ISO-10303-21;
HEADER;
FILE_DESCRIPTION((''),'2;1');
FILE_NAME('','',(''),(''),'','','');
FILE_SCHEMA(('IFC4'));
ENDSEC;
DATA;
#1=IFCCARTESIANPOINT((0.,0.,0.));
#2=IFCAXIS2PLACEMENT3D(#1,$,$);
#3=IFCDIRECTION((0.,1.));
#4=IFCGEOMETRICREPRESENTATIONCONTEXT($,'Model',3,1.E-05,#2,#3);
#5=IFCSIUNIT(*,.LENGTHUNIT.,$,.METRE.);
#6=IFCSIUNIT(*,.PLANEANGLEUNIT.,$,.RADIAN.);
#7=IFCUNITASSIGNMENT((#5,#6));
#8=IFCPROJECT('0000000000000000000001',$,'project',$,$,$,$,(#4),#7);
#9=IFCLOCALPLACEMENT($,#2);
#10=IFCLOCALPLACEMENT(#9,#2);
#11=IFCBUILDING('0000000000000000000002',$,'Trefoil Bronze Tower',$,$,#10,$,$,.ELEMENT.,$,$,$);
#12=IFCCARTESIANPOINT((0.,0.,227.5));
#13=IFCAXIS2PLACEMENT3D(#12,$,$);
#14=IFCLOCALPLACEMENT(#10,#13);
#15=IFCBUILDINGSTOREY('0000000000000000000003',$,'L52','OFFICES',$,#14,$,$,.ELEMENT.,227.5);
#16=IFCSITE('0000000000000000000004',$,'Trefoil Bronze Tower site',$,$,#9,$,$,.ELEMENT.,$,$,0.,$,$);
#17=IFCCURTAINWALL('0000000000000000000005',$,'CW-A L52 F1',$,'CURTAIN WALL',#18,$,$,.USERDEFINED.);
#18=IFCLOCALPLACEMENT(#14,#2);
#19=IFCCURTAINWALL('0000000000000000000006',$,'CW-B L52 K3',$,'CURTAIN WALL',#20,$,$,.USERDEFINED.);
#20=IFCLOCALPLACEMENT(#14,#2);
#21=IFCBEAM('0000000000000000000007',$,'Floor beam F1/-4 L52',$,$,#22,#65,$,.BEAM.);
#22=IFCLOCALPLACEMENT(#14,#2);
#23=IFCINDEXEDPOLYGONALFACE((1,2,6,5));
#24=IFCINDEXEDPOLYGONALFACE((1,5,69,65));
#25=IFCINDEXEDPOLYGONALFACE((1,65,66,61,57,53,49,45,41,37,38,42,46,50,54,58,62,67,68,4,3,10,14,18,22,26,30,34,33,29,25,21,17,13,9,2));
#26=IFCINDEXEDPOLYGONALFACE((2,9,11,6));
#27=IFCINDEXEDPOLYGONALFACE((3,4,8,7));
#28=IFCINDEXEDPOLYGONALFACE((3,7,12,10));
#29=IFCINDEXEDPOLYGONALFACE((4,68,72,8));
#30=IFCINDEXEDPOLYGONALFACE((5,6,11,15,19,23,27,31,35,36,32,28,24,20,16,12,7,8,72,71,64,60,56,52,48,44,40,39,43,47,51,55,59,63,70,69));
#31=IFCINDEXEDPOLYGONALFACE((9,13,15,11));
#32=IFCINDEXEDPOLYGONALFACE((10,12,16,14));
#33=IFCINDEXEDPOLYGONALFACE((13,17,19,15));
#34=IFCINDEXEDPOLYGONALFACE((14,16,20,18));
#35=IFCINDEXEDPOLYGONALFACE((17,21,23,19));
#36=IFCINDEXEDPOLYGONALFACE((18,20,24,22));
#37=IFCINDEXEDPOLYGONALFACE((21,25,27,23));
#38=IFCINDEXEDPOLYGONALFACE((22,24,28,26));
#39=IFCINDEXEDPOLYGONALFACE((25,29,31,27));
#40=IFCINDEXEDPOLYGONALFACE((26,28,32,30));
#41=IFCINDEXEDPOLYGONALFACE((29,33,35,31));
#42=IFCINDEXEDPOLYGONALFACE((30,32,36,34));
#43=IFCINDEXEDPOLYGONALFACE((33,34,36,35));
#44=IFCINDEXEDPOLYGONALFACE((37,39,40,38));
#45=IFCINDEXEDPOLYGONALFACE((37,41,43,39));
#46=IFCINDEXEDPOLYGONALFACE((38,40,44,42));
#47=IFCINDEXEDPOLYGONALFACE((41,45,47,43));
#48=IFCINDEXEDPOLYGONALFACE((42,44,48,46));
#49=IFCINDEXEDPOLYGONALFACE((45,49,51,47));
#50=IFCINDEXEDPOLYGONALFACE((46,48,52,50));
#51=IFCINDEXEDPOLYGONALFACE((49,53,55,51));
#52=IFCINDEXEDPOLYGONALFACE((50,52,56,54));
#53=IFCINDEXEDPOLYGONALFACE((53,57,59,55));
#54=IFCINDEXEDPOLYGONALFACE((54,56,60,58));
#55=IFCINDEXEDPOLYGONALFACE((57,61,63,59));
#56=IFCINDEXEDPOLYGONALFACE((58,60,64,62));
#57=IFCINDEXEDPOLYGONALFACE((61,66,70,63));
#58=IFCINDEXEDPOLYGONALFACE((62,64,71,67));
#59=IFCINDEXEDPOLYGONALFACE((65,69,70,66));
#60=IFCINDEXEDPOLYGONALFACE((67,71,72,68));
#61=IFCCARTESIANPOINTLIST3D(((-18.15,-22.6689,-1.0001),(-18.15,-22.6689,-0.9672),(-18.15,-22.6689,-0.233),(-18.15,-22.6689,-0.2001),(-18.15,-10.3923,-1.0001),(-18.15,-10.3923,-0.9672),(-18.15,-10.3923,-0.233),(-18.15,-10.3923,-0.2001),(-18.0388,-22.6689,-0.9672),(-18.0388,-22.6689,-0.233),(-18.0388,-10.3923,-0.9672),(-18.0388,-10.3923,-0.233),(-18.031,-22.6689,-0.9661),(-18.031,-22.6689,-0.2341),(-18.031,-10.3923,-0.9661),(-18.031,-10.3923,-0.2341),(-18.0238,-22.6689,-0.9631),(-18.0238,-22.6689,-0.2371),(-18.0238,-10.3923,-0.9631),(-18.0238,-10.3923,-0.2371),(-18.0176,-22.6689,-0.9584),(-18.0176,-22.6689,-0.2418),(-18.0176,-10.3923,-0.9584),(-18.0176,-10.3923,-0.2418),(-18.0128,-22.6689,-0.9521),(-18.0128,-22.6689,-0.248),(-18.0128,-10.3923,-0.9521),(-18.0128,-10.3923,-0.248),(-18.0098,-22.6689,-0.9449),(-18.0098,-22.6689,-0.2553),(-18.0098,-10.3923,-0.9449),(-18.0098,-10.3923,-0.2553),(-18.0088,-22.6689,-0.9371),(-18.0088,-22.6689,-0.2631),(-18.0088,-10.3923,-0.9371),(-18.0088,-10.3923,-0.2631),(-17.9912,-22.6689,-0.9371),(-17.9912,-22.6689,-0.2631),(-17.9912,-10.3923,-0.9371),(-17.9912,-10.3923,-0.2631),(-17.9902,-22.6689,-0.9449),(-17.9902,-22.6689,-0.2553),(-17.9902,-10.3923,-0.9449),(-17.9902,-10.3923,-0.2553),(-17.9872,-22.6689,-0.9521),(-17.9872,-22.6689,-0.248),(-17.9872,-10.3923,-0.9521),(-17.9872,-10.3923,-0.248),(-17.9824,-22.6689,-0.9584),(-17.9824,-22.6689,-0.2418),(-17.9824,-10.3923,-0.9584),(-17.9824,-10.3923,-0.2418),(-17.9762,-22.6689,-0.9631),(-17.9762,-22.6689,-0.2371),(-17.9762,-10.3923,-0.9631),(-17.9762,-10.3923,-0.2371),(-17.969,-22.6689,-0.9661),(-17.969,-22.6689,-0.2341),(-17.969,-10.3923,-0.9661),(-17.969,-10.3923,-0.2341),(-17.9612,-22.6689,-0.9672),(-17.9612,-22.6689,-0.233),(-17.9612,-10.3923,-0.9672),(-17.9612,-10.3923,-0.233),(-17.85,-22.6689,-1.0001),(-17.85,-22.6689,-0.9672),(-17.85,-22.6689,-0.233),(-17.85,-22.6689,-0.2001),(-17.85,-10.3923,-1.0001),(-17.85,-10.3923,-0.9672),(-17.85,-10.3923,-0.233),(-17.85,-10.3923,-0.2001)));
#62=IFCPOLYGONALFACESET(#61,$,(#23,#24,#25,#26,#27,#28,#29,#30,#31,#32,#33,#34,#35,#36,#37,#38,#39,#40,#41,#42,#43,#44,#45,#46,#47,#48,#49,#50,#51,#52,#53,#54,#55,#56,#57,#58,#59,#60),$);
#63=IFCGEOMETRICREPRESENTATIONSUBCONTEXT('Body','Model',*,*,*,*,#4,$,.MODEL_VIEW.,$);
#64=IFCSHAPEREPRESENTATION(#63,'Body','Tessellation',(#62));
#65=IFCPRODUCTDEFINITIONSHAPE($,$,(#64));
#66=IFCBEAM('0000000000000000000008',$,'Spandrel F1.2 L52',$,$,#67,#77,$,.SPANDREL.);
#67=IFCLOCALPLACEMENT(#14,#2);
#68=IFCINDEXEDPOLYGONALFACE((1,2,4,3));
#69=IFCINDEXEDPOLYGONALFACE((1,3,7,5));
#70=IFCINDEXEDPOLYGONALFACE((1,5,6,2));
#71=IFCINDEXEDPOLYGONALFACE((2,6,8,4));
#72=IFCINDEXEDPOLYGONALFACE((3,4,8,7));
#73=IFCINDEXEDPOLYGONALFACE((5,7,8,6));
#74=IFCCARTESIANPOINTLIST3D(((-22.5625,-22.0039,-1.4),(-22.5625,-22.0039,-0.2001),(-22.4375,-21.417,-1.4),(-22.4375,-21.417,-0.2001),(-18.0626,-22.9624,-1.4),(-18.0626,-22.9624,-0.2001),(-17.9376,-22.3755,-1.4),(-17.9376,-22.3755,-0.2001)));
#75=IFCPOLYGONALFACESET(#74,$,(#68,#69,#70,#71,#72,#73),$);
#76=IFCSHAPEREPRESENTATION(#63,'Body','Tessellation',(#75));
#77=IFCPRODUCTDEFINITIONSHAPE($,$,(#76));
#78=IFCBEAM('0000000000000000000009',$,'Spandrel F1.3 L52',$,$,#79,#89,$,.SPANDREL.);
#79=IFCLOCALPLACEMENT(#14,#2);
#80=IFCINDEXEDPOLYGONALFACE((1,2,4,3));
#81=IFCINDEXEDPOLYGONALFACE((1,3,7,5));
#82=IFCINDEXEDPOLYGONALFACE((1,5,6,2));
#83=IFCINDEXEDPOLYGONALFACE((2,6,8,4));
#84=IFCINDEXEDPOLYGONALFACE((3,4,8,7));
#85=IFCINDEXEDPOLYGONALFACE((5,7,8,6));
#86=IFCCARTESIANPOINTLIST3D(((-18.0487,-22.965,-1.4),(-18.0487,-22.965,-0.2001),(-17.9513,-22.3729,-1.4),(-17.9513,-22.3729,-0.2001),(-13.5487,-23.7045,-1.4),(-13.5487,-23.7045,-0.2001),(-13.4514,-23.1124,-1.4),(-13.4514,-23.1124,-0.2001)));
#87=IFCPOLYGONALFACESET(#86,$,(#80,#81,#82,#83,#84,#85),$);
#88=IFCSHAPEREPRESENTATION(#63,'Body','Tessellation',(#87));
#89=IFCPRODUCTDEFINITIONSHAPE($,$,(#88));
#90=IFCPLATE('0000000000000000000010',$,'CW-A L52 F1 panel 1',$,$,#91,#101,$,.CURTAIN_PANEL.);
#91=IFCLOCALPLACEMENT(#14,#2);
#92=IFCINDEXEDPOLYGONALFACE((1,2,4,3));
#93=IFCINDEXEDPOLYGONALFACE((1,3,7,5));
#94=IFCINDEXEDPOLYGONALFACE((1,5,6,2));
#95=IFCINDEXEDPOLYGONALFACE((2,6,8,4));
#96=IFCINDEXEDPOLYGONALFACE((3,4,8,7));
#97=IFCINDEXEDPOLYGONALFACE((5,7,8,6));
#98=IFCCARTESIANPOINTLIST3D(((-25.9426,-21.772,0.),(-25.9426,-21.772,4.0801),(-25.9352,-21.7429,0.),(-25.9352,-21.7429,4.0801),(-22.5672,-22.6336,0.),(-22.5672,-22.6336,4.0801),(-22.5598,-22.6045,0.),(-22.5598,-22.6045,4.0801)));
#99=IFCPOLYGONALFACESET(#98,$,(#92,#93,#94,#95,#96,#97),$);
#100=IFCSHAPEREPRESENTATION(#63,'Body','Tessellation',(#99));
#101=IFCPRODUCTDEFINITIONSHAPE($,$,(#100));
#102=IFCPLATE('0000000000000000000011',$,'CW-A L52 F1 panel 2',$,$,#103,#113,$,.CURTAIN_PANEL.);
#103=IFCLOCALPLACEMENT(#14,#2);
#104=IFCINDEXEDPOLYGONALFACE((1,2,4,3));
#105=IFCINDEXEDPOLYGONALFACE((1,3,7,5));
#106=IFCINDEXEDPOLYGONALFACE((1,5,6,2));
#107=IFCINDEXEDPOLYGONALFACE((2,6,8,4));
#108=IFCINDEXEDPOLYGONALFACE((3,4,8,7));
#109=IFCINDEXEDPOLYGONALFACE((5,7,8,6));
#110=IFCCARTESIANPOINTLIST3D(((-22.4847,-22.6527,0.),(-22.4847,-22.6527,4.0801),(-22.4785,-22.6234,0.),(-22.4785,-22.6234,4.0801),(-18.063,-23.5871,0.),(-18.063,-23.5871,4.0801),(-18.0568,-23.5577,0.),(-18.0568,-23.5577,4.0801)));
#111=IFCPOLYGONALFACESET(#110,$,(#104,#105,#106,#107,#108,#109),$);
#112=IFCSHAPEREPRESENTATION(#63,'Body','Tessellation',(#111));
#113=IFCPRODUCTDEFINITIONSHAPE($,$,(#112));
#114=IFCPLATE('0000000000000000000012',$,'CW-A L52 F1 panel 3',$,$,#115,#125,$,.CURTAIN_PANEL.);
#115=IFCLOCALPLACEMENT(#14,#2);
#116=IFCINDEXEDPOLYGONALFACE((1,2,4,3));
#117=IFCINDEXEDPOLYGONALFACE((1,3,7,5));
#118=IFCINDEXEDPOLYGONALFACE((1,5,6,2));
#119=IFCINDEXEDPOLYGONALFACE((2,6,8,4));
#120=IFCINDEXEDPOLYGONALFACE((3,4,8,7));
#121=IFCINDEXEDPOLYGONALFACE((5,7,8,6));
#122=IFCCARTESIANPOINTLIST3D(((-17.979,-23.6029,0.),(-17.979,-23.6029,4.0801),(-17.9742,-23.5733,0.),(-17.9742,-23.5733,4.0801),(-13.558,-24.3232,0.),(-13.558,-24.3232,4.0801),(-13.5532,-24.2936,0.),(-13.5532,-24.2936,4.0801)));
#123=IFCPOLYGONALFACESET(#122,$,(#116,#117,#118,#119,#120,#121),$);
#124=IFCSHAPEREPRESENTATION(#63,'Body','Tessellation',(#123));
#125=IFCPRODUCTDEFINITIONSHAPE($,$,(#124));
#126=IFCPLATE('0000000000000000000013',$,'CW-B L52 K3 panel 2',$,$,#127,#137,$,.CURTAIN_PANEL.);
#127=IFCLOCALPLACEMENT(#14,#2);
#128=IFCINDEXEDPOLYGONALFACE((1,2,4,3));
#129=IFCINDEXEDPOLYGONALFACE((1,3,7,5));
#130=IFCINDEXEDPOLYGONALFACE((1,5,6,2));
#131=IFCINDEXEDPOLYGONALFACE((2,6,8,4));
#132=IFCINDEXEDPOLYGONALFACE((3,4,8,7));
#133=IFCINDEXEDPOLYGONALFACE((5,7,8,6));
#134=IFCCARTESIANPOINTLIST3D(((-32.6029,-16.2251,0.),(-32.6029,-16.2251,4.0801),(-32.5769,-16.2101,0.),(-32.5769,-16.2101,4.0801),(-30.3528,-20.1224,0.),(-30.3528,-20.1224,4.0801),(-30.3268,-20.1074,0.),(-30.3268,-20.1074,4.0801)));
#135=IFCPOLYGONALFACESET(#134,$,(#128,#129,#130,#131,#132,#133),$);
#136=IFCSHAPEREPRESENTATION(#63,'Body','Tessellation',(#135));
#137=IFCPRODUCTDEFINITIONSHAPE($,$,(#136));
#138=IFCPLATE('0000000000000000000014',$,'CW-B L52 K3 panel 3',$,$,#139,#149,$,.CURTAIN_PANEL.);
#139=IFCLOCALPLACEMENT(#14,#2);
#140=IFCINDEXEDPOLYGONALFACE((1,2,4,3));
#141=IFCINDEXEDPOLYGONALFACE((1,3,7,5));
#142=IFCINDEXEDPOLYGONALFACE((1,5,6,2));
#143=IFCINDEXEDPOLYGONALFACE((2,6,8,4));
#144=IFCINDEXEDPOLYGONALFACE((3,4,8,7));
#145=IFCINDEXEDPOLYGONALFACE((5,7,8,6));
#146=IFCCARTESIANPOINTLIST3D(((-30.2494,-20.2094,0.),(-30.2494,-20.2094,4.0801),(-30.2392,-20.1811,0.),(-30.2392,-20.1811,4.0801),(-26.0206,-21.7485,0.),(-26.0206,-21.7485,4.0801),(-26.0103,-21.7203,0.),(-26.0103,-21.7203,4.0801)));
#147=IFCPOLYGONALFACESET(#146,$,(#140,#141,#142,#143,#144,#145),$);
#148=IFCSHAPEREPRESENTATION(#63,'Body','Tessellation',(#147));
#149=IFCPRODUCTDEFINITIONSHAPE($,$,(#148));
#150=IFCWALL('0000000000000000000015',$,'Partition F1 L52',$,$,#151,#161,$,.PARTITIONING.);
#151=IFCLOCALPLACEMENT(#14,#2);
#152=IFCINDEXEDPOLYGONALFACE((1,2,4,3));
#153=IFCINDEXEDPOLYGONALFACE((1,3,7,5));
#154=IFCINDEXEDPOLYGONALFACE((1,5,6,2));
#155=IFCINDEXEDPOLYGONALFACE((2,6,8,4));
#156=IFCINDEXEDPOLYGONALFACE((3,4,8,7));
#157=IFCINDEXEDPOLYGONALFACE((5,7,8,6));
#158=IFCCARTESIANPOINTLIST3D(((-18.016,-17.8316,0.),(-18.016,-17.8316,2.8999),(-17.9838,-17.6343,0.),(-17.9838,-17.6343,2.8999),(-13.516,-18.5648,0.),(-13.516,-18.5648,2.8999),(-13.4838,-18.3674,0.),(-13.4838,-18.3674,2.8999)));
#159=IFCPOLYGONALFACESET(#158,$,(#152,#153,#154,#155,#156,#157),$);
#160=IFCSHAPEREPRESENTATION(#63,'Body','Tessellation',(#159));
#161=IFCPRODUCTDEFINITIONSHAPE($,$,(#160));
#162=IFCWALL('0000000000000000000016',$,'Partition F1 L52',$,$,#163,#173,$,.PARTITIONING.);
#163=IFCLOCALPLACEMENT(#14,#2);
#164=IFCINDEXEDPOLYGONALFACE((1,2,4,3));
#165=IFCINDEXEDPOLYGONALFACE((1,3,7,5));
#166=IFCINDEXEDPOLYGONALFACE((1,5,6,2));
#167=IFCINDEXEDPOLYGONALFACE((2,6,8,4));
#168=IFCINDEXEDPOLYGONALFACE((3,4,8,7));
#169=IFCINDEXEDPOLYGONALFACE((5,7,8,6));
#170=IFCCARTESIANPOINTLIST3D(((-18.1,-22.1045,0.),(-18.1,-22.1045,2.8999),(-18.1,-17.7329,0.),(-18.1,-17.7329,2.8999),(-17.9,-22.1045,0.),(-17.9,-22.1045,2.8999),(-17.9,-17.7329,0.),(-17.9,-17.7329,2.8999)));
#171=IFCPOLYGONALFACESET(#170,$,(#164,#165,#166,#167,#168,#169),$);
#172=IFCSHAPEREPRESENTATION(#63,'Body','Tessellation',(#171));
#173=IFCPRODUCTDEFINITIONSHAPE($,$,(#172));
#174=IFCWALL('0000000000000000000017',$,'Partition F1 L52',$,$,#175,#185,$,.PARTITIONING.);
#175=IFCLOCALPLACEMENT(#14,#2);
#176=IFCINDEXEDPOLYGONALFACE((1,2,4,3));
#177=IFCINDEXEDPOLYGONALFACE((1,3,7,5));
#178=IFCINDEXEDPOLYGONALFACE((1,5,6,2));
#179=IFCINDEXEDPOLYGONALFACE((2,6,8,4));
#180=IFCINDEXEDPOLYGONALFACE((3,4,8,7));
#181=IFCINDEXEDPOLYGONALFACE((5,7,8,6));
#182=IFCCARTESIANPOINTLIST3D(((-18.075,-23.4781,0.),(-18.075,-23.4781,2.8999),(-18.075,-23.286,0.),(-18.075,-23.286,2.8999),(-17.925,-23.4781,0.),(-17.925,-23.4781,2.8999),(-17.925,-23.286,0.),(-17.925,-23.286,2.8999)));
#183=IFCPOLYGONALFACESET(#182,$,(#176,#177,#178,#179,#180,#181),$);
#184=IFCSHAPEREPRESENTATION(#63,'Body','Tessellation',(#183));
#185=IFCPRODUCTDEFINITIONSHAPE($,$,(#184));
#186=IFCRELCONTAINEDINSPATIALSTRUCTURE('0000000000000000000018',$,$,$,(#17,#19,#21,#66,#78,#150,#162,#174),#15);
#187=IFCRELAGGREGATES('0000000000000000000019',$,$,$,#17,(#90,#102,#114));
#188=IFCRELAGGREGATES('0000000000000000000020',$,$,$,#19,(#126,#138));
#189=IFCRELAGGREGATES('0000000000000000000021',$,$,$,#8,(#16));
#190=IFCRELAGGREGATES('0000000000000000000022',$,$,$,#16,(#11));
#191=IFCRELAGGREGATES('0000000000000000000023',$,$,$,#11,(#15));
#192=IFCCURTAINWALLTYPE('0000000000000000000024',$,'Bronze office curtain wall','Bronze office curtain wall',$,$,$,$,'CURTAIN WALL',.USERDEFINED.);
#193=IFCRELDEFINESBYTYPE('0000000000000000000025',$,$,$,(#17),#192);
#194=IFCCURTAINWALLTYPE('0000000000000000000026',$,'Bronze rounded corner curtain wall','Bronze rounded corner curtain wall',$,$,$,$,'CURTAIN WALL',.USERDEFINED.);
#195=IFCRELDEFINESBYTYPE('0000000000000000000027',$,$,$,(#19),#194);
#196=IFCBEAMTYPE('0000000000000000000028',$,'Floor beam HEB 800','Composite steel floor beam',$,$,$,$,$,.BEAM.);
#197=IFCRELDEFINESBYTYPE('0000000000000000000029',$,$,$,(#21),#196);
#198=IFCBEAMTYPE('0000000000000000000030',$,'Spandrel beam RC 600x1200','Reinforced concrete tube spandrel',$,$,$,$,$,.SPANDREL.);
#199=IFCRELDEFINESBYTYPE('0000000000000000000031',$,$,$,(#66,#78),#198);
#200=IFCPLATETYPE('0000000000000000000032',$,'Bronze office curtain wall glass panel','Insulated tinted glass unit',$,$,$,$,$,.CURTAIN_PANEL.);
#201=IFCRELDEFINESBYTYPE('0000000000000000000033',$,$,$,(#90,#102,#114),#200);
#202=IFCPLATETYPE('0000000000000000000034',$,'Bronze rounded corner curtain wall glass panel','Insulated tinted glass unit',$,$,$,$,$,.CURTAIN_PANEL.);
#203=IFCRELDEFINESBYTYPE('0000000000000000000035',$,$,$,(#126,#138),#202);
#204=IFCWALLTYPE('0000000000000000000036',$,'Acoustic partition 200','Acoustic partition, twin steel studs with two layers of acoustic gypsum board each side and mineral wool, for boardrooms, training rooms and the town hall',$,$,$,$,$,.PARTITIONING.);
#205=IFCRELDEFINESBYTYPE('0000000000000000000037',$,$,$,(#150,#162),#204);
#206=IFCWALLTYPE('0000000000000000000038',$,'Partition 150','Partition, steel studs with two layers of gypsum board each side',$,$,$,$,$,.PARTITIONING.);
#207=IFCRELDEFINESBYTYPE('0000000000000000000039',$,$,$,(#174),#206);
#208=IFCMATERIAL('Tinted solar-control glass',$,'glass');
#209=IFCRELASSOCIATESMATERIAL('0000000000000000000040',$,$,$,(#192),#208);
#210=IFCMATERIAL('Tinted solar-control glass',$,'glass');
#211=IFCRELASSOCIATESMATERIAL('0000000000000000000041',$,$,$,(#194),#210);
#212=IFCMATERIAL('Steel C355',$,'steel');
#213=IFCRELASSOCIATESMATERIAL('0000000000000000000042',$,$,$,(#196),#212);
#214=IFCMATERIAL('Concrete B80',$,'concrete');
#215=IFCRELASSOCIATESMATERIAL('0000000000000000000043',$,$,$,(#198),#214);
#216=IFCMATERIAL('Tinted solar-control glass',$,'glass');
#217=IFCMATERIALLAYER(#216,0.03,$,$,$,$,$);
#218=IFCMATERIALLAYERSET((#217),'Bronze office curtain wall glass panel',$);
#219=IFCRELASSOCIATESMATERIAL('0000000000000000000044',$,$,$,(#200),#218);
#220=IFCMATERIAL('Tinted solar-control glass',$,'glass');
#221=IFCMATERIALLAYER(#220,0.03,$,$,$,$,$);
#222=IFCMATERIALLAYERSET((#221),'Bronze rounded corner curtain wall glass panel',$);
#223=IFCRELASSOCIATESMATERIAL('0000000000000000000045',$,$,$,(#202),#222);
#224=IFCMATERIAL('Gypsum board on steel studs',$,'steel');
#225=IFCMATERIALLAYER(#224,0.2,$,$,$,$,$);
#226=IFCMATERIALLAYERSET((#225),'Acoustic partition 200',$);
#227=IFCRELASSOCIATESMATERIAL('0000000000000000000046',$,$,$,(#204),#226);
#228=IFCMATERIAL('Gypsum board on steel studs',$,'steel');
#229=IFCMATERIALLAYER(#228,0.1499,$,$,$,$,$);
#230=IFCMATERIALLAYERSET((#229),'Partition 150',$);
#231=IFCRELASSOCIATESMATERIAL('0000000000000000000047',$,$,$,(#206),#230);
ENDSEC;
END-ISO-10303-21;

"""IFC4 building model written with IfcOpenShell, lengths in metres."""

from ifc_helpers import new_model, si_unit, direction, frame, frame_2d, origin, origin_2d, place, context, subcontext, project, spatial, rectangle, i_section, extrude, material, layer, layer_set, material_profile, profile_set, type_object, element, aggregate, save


model = new_model("IFC4")

# Units and contexts
model_context = context("Model", 3, precision=1e-05, world=origin(), true_north=direction((0.0, 1.0)))
body_context = subcontext(model_context, "Body", "Model", "MODEL_VIEW")
ifc_project = project(units=[si_unit("LENGTHUNIT", "METRE"), si_unit("PLANEANGLEUNIT", "RADIAN")], contexts=[model_context])

# Site, building, storey
site_placement = place(None, origin())
site = spatial("IfcSite", under=ifc_project, at=site_placement, Name="Trefoil Bronze Tower site", CompositionType="ELEMENT", RefElevation=0.0)
building_placement = place(site_placement, origin())
building = spatial("IfcBuilding", under=site, at=building_placement, Name="Trefoil Bronze Tower", CompositionType="ELEMENT")
storey_placement = place(building_placement, frame((0.0, 0.0, 227.5)))
storey = spatial("IfcBuildingStorey", under=building, at=storey_placement, Name="L52", Description="OFFICES", CompositionType="ELEMENT", Elevation=227.5)

# Curtain walls
ifc_material_1 = material(Name="Tinted solar-control glass", Category="glass")
curtain_wall_type_1 = type_object("IfcCurtainWallType", Name="Bronze office curtain wall", Description="Bronze office curtain wall", ElementType="CURTAIN WALL", PredefinedType="USERDEFINED", material=ifc_material_1)
curtain_wall_1_placement = place(storey_placement, origin())
curtain_wall_1 = element("IfcCurtainWall", 1, at=curtain_wall_1_placement, inside=storey, type_object=curtain_wall_type_1, Name="CW-A L52 F1", ObjectType="CURTAIN WALL", PredefinedType="USERDEFINED")
ifc_material_2 = material(Name="Tinted solar-control glass", Category="glass")
curtain_wall_type_2 = type_object("IfcCurtainWallType", Name="Bronze rounded corner curtain wall", Description="Bronze rounded corner curtain wall", ElementType="CURTAIN WALL", PredefinedType="USERDEFINED", material=ifc_material_2)
curtain_wall_2_placement = place(storey_placement, origin())
curtain_wall_2 = element("IfcCurtainWall", 2, at=curtain_wall_2_placement, inside=storey, type_object=curtain_wall_type_2, Name="CW-B L52 K3", ObjectType="CURTAIN WALL", PredefinedType="USERDEFINED")

# Beams
ifc_material_3 = material(Name="Steel C355", Category="steel")
ifc_material_profile_1 = material_profile(ifc_material_3, i_section(OverallWidth=0.3, OverallDepth=0.8, WebThickness=0.0176, FlangeThickness=0.033, FilletRadius=0.03, at=origin_2d()), Name="HEB 800")
ifc_profile_set_1 = profile_set([ifc_material_profile_1], Name="Steel C355")
beam_type_1 = type_object("IfcBeamType", Name="Floor beam HEB 800", Description="Composite steel floor beam", PredefinedType="BEAM", material=ifc_profile_set_1)
beam_1_placement = place(storey_placement, frame((-18.0, -22.6689, -0.6001), z_axis=(0.0, 1.0, 0.0), x_axis=(-1.0, 0.0, 0.0)))
element("IfcBeam", 3, at=beam_1_placement, inside=storey, type_object=beam_type_1, Name="Floor beam F1/-4 L52", PredefinedType="BEAM", context=body_context, shape_type="SweptSolid", body=[
    extrude(i_section(OverallWidth=0.3, OverallDepth=0.8, WebThickness=0.0176, FlangeThickness=0.033, FilletRadius=0.03, at=origin_2d()), origin(), (0.0, 0.0, 1.0), 12.2766),
])
ifc_material_4 = material(Name="Concrete B80", Category="concrete")
ifc_material_profile_2 = material_profile(ifc_material_4, rectangle(XDim=0.6001, YDim=1.2, at=origin_2d()), Name="RC 600x1200")
ifc_profile_set_2 = profile_set([ifc_material_profile_2], Name="Concrete B80")
beam_type_2 = type_object("IfcBeamType", Name="Spandrel beam RC 600x1200", Description="Reinforced concrete tube spandrel", PredefinedType="SPANDREL", material=ifc_profile_set_2)
beam_2_placement = place(storey_placement, frame((-22.5, -21.7104, -0.8), z_axis=(0.978059, -0.208326, 0.0), x_axis=(0.208326, 0.978059, 0.0)))
element("IfcBeam", 4, at=beam_2_placement, inside=storey, type_object=beam_type_2, Name="Spandrel F1.2 L52", PredefinedType="SPANDREL", context=body_context, shape_type="SweptSolid", body=[
    extrude(rectangle(XDim=0.6001, YDim=1.2, at=origin_2d()), origin(), (0.0, 0.0, 1.0), 4.6008),
])
beam_3_placement = place(storey_placement, frame((-18.0, -22.6689, -0.8), z_axis=(0.986765, -0.162159, 0.0), x_axis=(0.162159, 0.986765, 0.0)))
element("IfcBeam", 5, at=beam_3_placement, inside=storey, type_object=beam_type_2, Name="Spandrel F1.3 L52", PredefinedType="SPANDREL", context=body_context, shape_type="SweptSolid", body=[
    extrude(rectangle(XDim=0.6001, YDim=1.2, at=origin_2d()), origin(), (0.0, 0.0, 1.0), 4.5603),
])

# Plates
ifc_material_5 = material(Name="Tinted solar-control glass", Category="glass")
ifc_layer_1 = layer(ifc_material_5, 0.03)
ifc_layer_set_1 = layer_set([ifc_layer_1], Name="Bronze office curtain wall glass panel")
plate_type_1 = type_object("IfcPlateType", Name="Bronze office curtain wall glass panel", Description="Insulated tinted glass unit", PredefinedType="CURTAIN_PANEL", material=ifc_layer_set_1)
plate_1_placement = place(storey_placement, frame((-24.2512, -22.1882, 0.0), z_axis=(0.0, 0.0, 1.0), x_axis=(0.968934, -0.247319, 0.0)))
plate_1 = element("IfcPlate", 6, at=plate_1_placement, type_object=plate_type_1, Name="CW-A L52 F1 panel 1", PredefinedType="CURTAIN_PANEL", context=body_context, shape_type="SweptSolid", body=[
    extrude(rectangle(XDim=3.4836, YDim=0.03, at=origin_2d()), origin(), (0.0, 0.0, 1.0), 4.0801),
])
plate_2_placement = place(storey_placement, frame((-20.2708, -23.1052, 0.0), z_axis=(0.0, 0.0, 1.0), x_axis=(0.978394, -0.206747, 0.0)))
plate_2 = element("IfcPlate", 7, at=plate_2_placement, type_object=plate_type_1, Name="CW-A L52 F1 panel 2", PredefinedType="CURTAIN_PANEL", context=body_context, shape_type="SweptSolid", body=[
    extrude(rectangle(XDim=4.5193, YDim=0.03, at=origin_2d()), origin(), (0.0, 0.0, 1.0), 4.0801),
])
plate_3_placement = place(storey_placement, frame((-15.7661, -23.9482, 0.0), z_axis=(0.0, 0.0, 1.0), x_axis=(0.986987, -0.160803, 0.0)))
plate_3 = element("IfcPlate", 8, at=plate_3_placement, type_object=plate_type_1, Name="CW-A L52 F1 panel 3", PredefinedType="CURTAIN_PANEL", context=body_context, shape_type="SweptSolid", body=[
    extrude(rectangle(XDim=4.4792, YDim=0.03, at=origin_2d()), origin(), (0.0, 0.0, 1.0), 4.0801),
])
aggregate(curtain_wall_1, [plate_1, plate_2, plate_3])
ifc_material_6 = material(Name="Tinted solar-control glass", Category="glass")
ifc_layer_2 = layer(ifc_material_6, 0.03)
ifc_layer_set_2 = layer_set([ifc_layer_2], Name="Bronze rounded corner curtain wall glass panel")
plate_type_2 = type_object("IfcPlateType", Name="Bronze rounded corner curtain wall glass panel", Description="Insulated tinted glass unit", PredefinedType="CURTAIN_PANEL", material=ifc_layer_set_2)
plate_4_placement = place(storey_placement, frame((-31.4648, -18.1663, 0.0), z_axis=(0.0, 0.0, 1.0), x_axis=(0.5, -0.866025, 0.0)))
plate_4 = element("IfcPlate", 9, at=plate_4_placement, type_object=plate_type_2, Name="CW-B L52 K3 panel 2", PredefinedType="CURTAIN_PANEL", context=body_context, shape_type="SweptSolid", body=[
    extrude(rectangle(XDim=4.5002, YDim=0.03, at=origin_2d()), origin(), (0.0, 0.0, 1.0), 4.0801),
])
plate_5_placement = place(storey_placement, frame((-28.1299, -20.9648, 0.0), z_axis=(0.0, 0.0, 1.0), x_axis=(0.939693, -0.34202, 0.0)))
plate_5 = element("IfcPlate", 10, at=plate_5_placement, type_object=plate_type_2, Name="CW-B L52 K3 panel 3", PredefinedType="CURTAIN_PANEL", context=body_context, shape_type="SweptSolid", body=[
    extrude(rectangle(XDim=4.5002, YDim=0.03, at=origin_2d()), origin(), (0.0, 0.0, 1.0), 4.0801),
])
aggregate(curtain_wall_2, [plate_4, plate_5])

# Walls
ifc_material_7 = material(Name="Gypsum board on steel studs", Category="steel")
ifc_layer_3 = layer(ifc_material_7, 0.2)
ifc_layer_set_3 = layer_set([ifc_layer_3], Name="Acoustic partition 200")
wall_type_1 = type_object("IfcWallType", Name="Acoustic partition 200", Description="Acoustic partition, twin steel studs with two layers of acoustic gypsum board each side and mineral wool, for boardrooms, training rooms and the town hall", PredefinedType="PARTITIONING", material=ifc_layer_set_3)
wall_1_placement = place(storey_placement, frame((-18.0, -17.7329, 0.0), z_axis=(0.0, 0.0, 1.0), x_axis=(0.986987, -0.160803, 0.0)))
element("IfcWall", 11, at=wall_1_placement, inside=storey, type_object=wall_type_1, Name="Partition F1 L52", PredefinedType="PARTITIONING", context=body_context, shape_type="SweptSolid", body=[
    extrude(rectangle(XDim=4.5593, YDim=0.2, at=frame_2d((2.2798, 0.0))), origin(), (0.0, 0.0, 1.0), 2.8999),
])
wall_2_placement = place(storey_placement, frame((-18.0, -17.7329, 0.0), z_axis=(0.0, 0.0, 1.0), x_axis=(0.0, -1.0, 0.0)))
element("IfcWall", 12, at=wall_2_placement, inside=storey, type_object=wall_type_1, Name="Partition F1 L52", PredefinedType="PARTITIONING", context=body_context, shape_type="SweptSolid", body=[
    extrude(rectangle(XDim=4.3716, YDim=0.2, at=frame_2d((2.1858, 0.0))), origin(), (0.0, 0.0, 1.0), 2.8999),
])
ifc_material_8 = material(Name="Gypsum board on steel studs", Category="steel")
ifc_layer_4 = layer(ifc_material_8, 0.1499)
ifc_layer_set_4 = layer_set([ifc_layer_4], Name="Partition 150")
wall_type_2 = type_object("IfcWallType", Name="Partition 150", Description="Partition, steel studs with two layers of gypsum board each side", PredefinedType="PARTITIONING", material=ifc_layer_set_4)
wall_3_placement = place(storey_placement, frame((-18.0, -23.2859, 0.0), z_axis=(0.0, 0.0, 1.0), x_axis=(0.0, -1.0, 0.0)))
element("IfcWall", 13, at=wall_3_placement, inside=storey, type_object=wall_type_2, Name="Partition F1 L52", PredefinedType="PARTITIONING", context=body_context, shape_type="SweptSolid", body=[
    extrude(rectangle(XDim=0.1921, YDim=0.1499, at=frame_2d((0.0962, 0.0))), origin(), (0.0, 0.0, 1.0), 2.8999),
])

save(model, "model.ifc")
